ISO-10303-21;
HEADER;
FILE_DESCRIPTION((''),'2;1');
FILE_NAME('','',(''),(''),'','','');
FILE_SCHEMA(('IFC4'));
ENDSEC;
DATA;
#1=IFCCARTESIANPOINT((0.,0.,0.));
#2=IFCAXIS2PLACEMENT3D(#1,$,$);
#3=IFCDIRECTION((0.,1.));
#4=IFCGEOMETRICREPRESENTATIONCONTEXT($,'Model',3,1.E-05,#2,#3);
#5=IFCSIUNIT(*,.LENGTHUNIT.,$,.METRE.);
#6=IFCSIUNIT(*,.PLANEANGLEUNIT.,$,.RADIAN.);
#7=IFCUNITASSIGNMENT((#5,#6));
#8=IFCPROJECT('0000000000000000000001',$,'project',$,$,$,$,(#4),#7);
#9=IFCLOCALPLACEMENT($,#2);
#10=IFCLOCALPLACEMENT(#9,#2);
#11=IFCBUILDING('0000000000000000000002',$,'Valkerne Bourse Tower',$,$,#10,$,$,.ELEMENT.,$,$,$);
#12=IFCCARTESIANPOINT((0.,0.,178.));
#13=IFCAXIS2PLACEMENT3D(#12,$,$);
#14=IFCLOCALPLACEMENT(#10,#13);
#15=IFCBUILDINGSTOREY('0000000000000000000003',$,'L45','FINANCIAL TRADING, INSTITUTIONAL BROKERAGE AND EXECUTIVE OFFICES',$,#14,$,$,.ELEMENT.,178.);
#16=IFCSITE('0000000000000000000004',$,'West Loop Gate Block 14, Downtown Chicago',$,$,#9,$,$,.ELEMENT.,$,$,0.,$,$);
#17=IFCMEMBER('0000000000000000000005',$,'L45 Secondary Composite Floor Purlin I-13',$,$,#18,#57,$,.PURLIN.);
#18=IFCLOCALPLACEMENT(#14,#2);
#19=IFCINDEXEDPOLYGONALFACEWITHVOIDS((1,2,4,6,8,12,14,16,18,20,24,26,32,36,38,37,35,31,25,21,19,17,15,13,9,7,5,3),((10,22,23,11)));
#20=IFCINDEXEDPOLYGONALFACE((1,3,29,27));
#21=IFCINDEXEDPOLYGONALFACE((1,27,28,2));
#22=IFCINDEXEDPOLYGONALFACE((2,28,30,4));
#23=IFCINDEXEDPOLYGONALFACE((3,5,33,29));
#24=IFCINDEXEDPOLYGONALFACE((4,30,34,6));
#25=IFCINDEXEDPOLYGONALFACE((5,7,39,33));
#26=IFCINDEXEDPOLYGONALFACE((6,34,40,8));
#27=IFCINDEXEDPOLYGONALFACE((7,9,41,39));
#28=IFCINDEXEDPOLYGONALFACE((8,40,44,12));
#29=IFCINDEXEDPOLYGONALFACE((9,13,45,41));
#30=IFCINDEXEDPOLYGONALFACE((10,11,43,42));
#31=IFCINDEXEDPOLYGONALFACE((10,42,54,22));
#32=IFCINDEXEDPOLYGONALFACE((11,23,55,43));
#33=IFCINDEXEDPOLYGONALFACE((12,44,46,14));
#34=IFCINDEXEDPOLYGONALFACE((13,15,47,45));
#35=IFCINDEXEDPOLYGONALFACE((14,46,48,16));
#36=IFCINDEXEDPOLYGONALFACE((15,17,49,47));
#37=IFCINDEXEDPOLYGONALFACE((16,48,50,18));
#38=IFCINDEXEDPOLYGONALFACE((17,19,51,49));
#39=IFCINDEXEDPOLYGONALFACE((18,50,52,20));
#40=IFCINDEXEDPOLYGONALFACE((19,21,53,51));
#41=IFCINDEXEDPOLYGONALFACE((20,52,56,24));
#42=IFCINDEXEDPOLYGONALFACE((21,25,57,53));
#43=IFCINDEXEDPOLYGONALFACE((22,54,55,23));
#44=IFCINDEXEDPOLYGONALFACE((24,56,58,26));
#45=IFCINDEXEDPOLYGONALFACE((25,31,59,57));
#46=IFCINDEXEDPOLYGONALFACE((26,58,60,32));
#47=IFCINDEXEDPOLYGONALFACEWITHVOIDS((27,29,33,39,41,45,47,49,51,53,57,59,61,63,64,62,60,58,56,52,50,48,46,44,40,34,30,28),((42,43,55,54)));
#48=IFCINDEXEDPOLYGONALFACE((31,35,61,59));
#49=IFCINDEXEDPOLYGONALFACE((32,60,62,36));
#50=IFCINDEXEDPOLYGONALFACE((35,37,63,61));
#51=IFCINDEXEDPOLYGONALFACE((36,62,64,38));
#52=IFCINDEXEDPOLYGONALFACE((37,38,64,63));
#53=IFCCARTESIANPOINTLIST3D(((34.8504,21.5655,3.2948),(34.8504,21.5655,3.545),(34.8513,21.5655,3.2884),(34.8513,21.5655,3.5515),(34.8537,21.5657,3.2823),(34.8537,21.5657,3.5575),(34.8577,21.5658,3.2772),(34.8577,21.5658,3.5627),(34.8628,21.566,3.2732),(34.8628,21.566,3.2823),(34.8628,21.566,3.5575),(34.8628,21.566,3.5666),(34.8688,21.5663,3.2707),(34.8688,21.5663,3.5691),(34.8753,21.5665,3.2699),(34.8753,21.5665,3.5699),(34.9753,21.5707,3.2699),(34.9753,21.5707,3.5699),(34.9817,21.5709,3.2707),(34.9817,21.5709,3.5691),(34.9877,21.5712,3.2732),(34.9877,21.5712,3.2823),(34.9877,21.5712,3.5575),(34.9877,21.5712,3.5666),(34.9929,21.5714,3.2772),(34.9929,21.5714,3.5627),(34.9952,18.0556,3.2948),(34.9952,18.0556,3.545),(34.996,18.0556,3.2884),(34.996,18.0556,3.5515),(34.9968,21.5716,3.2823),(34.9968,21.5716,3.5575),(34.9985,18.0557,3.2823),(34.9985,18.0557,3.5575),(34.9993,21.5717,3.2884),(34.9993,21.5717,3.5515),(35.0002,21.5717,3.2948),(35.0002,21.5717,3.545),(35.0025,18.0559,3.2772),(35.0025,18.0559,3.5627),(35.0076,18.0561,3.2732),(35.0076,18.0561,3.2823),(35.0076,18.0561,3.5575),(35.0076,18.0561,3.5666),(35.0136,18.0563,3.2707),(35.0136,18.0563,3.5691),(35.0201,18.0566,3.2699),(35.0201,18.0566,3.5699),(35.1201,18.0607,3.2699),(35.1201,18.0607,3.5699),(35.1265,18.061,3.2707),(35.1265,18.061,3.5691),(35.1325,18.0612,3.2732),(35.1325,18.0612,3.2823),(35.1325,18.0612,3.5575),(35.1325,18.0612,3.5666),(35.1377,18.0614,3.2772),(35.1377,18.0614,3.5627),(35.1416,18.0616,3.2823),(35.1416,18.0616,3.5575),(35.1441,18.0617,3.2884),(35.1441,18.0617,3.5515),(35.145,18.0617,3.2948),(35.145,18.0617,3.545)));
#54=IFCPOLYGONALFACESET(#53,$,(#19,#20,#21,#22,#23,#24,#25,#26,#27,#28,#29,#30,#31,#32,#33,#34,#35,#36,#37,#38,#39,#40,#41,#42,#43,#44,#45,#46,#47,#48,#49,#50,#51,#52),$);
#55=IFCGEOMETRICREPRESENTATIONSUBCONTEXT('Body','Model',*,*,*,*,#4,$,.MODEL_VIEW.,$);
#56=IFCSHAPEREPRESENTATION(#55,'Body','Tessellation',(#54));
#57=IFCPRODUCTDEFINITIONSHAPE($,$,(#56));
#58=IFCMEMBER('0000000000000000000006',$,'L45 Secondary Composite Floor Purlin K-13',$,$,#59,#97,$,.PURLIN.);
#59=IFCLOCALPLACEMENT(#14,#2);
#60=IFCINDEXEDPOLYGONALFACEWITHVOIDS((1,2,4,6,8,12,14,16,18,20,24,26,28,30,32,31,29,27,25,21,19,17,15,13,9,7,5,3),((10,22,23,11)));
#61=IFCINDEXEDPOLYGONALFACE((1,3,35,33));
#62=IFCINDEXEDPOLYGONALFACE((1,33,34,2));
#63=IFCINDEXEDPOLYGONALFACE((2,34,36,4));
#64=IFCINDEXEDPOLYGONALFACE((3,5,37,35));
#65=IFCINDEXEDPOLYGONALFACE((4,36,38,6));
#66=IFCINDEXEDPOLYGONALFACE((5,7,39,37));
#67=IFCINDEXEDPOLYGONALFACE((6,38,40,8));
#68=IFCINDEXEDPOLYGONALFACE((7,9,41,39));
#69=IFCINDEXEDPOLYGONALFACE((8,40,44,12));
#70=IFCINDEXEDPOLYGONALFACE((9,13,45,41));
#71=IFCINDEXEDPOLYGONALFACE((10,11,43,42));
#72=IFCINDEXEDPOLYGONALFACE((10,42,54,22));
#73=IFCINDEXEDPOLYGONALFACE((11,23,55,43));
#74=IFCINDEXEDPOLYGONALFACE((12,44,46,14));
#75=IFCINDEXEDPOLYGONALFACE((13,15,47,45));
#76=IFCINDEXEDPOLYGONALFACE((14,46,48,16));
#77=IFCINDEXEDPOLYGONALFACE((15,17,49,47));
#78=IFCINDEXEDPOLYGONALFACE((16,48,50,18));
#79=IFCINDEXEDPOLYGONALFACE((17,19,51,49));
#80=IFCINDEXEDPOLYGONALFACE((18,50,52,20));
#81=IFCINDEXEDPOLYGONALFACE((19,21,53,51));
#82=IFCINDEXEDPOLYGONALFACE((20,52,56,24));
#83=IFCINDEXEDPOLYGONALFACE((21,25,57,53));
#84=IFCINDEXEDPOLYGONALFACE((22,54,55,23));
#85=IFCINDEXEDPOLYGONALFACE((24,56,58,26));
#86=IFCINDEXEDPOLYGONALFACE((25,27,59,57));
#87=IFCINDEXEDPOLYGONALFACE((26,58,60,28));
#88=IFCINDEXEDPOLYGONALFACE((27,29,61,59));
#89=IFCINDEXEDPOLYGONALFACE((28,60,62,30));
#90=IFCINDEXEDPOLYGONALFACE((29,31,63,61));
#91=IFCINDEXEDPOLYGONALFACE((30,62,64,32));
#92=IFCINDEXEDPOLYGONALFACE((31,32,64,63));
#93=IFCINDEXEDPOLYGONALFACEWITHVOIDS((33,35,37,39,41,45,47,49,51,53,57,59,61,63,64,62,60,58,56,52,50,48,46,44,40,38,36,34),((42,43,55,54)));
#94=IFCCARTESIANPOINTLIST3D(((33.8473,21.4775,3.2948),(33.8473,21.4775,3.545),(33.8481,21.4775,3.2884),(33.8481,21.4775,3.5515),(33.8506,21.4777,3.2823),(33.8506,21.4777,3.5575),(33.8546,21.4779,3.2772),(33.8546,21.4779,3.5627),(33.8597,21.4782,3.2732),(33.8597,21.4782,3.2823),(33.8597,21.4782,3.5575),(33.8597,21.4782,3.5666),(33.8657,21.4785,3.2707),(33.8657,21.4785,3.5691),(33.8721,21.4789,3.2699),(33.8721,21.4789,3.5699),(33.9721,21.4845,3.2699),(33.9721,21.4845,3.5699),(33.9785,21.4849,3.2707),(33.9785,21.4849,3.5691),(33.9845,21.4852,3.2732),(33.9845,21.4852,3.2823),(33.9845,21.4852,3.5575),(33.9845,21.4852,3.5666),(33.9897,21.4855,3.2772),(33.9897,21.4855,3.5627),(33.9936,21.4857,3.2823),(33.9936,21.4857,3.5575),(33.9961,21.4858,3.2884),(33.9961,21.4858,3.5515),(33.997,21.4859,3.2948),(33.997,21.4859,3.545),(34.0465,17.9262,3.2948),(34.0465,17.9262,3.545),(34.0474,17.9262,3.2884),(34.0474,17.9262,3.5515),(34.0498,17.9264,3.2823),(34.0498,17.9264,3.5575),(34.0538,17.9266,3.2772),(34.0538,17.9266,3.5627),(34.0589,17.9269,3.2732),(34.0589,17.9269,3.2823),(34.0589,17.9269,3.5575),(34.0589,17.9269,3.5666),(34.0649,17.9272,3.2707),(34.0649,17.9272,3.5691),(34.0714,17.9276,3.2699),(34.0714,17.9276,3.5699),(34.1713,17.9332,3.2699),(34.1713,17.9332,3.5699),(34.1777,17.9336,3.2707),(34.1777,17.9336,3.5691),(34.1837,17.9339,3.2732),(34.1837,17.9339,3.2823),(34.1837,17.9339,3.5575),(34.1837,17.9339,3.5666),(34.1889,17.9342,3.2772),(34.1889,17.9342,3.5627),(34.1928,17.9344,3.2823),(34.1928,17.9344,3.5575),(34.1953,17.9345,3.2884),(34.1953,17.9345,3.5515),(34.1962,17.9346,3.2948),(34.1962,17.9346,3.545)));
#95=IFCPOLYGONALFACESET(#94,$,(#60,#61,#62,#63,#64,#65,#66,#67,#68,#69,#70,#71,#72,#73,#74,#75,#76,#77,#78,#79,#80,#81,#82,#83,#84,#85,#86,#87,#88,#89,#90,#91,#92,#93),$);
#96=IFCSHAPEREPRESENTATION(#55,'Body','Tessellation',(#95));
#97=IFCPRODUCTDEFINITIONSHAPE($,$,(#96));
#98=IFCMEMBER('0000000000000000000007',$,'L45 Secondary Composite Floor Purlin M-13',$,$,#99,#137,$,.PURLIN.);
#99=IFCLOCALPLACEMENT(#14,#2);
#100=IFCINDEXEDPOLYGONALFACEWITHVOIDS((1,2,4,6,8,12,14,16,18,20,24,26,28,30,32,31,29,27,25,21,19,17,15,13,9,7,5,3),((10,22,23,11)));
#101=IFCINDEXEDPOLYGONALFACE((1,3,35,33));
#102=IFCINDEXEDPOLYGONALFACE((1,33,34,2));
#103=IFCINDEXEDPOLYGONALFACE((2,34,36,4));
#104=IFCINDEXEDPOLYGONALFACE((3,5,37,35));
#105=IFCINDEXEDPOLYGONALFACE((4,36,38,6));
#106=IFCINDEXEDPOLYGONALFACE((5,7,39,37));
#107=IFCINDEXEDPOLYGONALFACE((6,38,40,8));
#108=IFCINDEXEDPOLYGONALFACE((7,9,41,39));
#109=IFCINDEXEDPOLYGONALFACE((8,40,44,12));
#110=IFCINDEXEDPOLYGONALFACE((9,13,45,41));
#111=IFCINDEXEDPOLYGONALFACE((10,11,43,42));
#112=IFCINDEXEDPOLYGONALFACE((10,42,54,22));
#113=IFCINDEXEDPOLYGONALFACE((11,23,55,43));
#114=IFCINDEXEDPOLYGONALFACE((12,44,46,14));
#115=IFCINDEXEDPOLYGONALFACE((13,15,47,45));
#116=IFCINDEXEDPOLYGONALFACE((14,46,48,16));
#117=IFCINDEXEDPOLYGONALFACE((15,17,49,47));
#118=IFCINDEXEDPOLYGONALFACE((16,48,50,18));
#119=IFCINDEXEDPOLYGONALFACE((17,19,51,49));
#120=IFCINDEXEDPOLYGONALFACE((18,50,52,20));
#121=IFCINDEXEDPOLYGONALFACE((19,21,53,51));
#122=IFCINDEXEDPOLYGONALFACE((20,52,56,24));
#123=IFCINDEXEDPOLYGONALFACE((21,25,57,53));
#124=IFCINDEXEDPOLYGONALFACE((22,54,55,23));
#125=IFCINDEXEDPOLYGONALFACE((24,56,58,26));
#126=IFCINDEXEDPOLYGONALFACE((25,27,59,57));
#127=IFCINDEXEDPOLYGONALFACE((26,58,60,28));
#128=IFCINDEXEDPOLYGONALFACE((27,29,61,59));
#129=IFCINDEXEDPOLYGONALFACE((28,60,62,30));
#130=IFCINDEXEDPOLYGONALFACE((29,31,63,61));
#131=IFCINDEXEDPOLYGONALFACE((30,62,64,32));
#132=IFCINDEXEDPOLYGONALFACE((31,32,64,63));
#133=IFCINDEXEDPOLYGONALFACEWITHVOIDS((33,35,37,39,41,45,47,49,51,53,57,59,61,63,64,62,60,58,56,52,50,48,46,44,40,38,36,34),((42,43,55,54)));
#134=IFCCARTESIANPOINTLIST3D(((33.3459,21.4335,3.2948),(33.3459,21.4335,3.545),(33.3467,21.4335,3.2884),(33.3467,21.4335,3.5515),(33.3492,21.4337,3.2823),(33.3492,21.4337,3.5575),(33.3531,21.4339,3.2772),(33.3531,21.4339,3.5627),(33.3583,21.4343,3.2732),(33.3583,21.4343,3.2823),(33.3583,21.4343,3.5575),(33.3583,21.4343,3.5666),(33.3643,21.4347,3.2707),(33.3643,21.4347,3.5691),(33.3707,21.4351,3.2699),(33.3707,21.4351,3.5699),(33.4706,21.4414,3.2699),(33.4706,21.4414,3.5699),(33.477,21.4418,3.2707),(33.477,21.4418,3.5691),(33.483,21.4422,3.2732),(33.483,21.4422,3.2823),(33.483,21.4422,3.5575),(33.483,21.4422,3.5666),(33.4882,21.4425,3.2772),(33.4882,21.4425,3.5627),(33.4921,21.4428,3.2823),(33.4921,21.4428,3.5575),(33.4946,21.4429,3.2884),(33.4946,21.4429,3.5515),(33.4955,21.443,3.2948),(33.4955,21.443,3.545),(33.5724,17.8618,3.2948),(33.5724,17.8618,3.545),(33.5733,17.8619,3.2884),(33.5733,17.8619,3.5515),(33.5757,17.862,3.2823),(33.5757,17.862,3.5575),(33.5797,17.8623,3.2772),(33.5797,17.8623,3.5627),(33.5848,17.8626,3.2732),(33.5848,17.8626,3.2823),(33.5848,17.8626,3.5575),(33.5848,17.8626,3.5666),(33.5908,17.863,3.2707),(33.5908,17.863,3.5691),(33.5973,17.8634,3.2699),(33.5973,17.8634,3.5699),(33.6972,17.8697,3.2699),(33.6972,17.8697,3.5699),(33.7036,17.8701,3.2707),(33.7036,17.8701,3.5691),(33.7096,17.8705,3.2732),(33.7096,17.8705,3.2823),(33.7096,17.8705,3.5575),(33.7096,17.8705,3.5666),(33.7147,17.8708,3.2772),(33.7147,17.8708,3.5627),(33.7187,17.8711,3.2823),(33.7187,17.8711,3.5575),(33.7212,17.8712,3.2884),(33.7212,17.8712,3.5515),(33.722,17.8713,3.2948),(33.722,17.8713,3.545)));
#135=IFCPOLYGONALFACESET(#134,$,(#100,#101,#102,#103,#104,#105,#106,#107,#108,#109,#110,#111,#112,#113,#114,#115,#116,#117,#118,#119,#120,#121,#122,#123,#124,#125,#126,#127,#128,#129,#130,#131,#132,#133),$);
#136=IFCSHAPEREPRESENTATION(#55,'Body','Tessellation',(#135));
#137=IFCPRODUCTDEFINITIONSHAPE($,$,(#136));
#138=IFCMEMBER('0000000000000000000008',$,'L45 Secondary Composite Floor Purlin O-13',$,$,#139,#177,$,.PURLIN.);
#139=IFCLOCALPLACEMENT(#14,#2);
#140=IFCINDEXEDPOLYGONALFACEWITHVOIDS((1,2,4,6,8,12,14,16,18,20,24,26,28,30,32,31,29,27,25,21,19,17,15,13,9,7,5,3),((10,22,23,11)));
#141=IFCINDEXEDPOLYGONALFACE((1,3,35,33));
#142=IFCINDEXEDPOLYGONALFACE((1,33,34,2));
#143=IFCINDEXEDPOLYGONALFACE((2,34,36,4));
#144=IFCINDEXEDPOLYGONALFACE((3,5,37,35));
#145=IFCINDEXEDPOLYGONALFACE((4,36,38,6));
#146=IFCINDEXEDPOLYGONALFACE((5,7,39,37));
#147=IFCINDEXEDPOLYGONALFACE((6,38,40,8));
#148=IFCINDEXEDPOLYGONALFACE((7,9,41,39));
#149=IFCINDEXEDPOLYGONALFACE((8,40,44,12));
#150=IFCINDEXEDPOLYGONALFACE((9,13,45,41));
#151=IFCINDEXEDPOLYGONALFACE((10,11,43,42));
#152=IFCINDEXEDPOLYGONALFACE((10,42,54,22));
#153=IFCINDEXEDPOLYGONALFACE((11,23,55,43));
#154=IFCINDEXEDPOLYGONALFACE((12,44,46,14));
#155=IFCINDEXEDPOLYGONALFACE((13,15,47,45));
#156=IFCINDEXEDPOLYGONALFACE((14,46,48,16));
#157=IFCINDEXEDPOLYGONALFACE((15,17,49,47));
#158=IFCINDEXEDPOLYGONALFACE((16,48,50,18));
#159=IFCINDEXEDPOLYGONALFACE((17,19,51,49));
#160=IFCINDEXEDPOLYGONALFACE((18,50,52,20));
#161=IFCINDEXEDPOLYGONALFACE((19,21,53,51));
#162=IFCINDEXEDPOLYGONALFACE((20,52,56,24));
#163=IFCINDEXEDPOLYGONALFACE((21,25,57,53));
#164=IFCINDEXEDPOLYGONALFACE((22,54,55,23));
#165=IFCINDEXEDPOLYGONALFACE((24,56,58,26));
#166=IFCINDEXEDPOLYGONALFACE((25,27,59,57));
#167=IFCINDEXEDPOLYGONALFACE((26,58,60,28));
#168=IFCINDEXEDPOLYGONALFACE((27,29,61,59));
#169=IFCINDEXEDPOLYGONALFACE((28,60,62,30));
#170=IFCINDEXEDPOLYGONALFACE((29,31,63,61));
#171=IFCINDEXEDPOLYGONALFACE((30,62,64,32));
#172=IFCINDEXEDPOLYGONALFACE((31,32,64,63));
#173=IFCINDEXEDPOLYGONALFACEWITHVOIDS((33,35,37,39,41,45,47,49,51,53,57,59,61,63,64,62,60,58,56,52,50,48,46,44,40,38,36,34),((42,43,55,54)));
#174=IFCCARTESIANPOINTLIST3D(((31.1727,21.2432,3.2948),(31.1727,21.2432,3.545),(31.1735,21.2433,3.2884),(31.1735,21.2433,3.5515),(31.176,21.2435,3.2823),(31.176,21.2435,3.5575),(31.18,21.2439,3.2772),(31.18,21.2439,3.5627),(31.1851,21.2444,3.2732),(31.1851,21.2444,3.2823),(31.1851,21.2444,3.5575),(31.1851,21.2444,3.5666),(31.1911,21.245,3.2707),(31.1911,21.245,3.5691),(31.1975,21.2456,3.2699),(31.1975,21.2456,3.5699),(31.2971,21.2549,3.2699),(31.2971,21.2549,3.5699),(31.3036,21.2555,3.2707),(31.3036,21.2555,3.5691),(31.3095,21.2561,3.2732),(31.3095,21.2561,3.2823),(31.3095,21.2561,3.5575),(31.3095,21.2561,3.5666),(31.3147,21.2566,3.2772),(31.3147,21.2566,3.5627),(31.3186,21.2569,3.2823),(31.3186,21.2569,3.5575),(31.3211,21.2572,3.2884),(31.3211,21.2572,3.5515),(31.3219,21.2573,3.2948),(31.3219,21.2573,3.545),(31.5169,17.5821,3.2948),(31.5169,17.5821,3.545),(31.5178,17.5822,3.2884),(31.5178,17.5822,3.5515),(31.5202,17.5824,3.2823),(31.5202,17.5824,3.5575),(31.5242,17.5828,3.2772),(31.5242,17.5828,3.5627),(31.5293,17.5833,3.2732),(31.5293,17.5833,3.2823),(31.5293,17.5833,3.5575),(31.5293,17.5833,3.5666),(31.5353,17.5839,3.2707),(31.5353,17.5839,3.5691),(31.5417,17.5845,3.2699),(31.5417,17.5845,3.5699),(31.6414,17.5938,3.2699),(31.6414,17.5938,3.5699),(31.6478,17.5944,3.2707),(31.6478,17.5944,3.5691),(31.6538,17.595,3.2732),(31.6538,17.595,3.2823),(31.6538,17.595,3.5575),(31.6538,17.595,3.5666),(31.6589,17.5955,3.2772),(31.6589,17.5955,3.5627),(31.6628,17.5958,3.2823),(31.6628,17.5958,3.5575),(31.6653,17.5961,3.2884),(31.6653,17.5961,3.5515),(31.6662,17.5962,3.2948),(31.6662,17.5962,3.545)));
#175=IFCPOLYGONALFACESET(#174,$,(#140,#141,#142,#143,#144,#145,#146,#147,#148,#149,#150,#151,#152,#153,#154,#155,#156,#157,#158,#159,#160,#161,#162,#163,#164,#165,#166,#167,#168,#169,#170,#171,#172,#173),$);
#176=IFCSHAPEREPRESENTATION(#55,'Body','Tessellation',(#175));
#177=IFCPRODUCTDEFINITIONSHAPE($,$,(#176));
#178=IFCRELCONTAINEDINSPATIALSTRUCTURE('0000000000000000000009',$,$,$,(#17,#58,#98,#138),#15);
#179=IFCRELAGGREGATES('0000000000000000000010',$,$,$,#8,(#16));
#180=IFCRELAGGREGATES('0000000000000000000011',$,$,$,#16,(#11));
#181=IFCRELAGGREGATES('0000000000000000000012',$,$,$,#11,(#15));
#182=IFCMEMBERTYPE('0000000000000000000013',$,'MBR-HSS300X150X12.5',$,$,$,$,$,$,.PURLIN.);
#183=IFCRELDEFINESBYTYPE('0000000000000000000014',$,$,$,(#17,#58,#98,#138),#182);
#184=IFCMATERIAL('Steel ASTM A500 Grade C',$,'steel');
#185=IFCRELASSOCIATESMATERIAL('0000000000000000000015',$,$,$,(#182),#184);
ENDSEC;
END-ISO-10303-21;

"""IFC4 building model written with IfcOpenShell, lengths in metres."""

from ifc_helpers import new_model, si_unit, direction, frame, origin, origin_2d, place, context, subcontext, project, spatial, hollow_rectangle, extrude, material, material_profile, profile_set, type_object, element, save


model = new_model("IFC4")

# Units and contexts
model_context = context("Model", 3, precision=1e-05, world=origin(), true_north=direction((0.0, 1.0)))
body_context = subcontext(model_context, "Body", "Model", "MODEL_VIEW")
ifc_project = project(units=[si_unit("LENGTHUNIT", "METRE"), si_unit("PLANEANGLEUNIT", "RADIAN")], contexts=[model_context])

# Site, building, storey
site_placement = place(None, origin())
site = spatial("IfcSite", under=ifc_project, at=site_placement, Name="West Loop Gate Block 14, Downtown Chicago", CompositionType="ELEMENT", RefElevation=0.0)
building_placement = place(site_placement, origin())
building = spatial("IfcBuilding", under=site, at=building_placement, Name="Valkerne Bourse Tower", CompositionType="ELEMENT")
storey_placement = place(building_placement, frame((0.0, 0.0, 178.0)))
storey = spatial("IfcBuildingStorey", under=building, at=storey_placement, Name="L45", Description="FINANCIAL TRADING, INSTITUTIONAL BROKERAGE AND EXECUTIVE OFFICES", CompositionType="ELEMENT", Elevation=178.0)

# Members
ifc_material_1 = material(Name="Steel ASTM A500 Grade C", Category="steel")
ifc_material_profile_1 = material_profile(ifc_material_1, hollow_rectangle(XDim=0.1499, YDim=0.3, WallThickness=0.0125, OuterFilletRadius=0.0249, at=origin_2d()), Name="HSS300X150X12.5")
ifc_profile_set_1 = profile_set([ifc_material_profile_1], Name="Steel ASTM A500 Grade C")
member_type_1 = type_object("IfcMemberType", Name="MBR-HSS300X150X12.5", PredefinedType="PURLIN", material=ifc_profile_set_1)
member_1_placement = place(storey_placement, frame((34.9253, 21.5686, 3.4199), z_axis=(0.041211, -0.99915, 0.0), x_axis=(0.99915, 0.041211, 0.0)))
element("IfcMember", 1, at=member_1_placement, inside=storey, type_object=member_type_1, Name="L45 Secondary Composite Floor Purlin I-13", PredefinedType="PURLIN", context=body_context, shape_type="SweptSolid", body=[
    extrude(hollow_rectangle(XDim=0.1499, YDim=0.3, WallThickness=0.0125, OuterFilletRadius=0.0249, at=origin_2d()), origin(), (0.0, 0.0, 1.0), 3.5129),
])
member_2_placement = place(storey_placement, frame((33.9221, 21.4817, 3.4199), z_axis=(0.05601, -0.99843, 0.0), x_axis=(0.99843, 0.05601, 0.0)))
element("IfcMember", 2, at=member_2_placement, inside=storey, type_object=member_type_1, Name="L45 Secondary Composite Floor Purlin K-13", PredefinedType="PURLIN", context=body_context, shape_type="SweptSolid", body=[
    extrude(hollow_rectangle(XDim=0.1499, YDim=0.3, WallThickness=0.0125, OuterFilletRadius=0.0249, at=origin_2d()), origin(), (0.0, 0.0, 1.0), 3.5569),
])
member_3_placement = place(storey_placement, frame((33.4207, 21.4382, 3.4199), z_axis=(0.063304, -0.997994, 0.0), x_axis=(0.997994, 0.063304, 0.0)))
element("IfcMember", 3, at=member_3_placement, inside=storey, type_object=member_type_1, Name="L45 Secondary Composite Floor Purlin M-13", PredefinedType="PURLIN", context=body_context, shape_type="SweptSolid", body=[
    extrude(hollow_rectangle(XDim=0.1499, YDim=0.3, WallThickness=0.0125, OuterFilletRadius=0.0249, at=origin_2d()), origin(), (0.0, 0.0, 1.0), 3.5789),
])
member_4_placement = place(storey_placement, frame((31.2473, 21.2502, 3.4199), z_axis=(0.093612, -0.995609, 0.0), x_axis=(0.995609, 0.093612, 0.0)))
element("IfcMember", 4, at=member_4_placement, inside=storey, type_object=member_type_1, Name="L45 Secondary Composite Floor Purlin O-13", PredefinedType="PURLIN", context=body_context, shape_type="SweptSolid", body=[
    extrude(hollow_rectangle(XDim=0.1499, YDim=0.3, WallThickness=0.0125, OuterFilletRadius=0.0249, at=origin_2d()), origin(), (0.0, 0.0, 1.0), 3.6772),
])

save(model, "model.ifc")
